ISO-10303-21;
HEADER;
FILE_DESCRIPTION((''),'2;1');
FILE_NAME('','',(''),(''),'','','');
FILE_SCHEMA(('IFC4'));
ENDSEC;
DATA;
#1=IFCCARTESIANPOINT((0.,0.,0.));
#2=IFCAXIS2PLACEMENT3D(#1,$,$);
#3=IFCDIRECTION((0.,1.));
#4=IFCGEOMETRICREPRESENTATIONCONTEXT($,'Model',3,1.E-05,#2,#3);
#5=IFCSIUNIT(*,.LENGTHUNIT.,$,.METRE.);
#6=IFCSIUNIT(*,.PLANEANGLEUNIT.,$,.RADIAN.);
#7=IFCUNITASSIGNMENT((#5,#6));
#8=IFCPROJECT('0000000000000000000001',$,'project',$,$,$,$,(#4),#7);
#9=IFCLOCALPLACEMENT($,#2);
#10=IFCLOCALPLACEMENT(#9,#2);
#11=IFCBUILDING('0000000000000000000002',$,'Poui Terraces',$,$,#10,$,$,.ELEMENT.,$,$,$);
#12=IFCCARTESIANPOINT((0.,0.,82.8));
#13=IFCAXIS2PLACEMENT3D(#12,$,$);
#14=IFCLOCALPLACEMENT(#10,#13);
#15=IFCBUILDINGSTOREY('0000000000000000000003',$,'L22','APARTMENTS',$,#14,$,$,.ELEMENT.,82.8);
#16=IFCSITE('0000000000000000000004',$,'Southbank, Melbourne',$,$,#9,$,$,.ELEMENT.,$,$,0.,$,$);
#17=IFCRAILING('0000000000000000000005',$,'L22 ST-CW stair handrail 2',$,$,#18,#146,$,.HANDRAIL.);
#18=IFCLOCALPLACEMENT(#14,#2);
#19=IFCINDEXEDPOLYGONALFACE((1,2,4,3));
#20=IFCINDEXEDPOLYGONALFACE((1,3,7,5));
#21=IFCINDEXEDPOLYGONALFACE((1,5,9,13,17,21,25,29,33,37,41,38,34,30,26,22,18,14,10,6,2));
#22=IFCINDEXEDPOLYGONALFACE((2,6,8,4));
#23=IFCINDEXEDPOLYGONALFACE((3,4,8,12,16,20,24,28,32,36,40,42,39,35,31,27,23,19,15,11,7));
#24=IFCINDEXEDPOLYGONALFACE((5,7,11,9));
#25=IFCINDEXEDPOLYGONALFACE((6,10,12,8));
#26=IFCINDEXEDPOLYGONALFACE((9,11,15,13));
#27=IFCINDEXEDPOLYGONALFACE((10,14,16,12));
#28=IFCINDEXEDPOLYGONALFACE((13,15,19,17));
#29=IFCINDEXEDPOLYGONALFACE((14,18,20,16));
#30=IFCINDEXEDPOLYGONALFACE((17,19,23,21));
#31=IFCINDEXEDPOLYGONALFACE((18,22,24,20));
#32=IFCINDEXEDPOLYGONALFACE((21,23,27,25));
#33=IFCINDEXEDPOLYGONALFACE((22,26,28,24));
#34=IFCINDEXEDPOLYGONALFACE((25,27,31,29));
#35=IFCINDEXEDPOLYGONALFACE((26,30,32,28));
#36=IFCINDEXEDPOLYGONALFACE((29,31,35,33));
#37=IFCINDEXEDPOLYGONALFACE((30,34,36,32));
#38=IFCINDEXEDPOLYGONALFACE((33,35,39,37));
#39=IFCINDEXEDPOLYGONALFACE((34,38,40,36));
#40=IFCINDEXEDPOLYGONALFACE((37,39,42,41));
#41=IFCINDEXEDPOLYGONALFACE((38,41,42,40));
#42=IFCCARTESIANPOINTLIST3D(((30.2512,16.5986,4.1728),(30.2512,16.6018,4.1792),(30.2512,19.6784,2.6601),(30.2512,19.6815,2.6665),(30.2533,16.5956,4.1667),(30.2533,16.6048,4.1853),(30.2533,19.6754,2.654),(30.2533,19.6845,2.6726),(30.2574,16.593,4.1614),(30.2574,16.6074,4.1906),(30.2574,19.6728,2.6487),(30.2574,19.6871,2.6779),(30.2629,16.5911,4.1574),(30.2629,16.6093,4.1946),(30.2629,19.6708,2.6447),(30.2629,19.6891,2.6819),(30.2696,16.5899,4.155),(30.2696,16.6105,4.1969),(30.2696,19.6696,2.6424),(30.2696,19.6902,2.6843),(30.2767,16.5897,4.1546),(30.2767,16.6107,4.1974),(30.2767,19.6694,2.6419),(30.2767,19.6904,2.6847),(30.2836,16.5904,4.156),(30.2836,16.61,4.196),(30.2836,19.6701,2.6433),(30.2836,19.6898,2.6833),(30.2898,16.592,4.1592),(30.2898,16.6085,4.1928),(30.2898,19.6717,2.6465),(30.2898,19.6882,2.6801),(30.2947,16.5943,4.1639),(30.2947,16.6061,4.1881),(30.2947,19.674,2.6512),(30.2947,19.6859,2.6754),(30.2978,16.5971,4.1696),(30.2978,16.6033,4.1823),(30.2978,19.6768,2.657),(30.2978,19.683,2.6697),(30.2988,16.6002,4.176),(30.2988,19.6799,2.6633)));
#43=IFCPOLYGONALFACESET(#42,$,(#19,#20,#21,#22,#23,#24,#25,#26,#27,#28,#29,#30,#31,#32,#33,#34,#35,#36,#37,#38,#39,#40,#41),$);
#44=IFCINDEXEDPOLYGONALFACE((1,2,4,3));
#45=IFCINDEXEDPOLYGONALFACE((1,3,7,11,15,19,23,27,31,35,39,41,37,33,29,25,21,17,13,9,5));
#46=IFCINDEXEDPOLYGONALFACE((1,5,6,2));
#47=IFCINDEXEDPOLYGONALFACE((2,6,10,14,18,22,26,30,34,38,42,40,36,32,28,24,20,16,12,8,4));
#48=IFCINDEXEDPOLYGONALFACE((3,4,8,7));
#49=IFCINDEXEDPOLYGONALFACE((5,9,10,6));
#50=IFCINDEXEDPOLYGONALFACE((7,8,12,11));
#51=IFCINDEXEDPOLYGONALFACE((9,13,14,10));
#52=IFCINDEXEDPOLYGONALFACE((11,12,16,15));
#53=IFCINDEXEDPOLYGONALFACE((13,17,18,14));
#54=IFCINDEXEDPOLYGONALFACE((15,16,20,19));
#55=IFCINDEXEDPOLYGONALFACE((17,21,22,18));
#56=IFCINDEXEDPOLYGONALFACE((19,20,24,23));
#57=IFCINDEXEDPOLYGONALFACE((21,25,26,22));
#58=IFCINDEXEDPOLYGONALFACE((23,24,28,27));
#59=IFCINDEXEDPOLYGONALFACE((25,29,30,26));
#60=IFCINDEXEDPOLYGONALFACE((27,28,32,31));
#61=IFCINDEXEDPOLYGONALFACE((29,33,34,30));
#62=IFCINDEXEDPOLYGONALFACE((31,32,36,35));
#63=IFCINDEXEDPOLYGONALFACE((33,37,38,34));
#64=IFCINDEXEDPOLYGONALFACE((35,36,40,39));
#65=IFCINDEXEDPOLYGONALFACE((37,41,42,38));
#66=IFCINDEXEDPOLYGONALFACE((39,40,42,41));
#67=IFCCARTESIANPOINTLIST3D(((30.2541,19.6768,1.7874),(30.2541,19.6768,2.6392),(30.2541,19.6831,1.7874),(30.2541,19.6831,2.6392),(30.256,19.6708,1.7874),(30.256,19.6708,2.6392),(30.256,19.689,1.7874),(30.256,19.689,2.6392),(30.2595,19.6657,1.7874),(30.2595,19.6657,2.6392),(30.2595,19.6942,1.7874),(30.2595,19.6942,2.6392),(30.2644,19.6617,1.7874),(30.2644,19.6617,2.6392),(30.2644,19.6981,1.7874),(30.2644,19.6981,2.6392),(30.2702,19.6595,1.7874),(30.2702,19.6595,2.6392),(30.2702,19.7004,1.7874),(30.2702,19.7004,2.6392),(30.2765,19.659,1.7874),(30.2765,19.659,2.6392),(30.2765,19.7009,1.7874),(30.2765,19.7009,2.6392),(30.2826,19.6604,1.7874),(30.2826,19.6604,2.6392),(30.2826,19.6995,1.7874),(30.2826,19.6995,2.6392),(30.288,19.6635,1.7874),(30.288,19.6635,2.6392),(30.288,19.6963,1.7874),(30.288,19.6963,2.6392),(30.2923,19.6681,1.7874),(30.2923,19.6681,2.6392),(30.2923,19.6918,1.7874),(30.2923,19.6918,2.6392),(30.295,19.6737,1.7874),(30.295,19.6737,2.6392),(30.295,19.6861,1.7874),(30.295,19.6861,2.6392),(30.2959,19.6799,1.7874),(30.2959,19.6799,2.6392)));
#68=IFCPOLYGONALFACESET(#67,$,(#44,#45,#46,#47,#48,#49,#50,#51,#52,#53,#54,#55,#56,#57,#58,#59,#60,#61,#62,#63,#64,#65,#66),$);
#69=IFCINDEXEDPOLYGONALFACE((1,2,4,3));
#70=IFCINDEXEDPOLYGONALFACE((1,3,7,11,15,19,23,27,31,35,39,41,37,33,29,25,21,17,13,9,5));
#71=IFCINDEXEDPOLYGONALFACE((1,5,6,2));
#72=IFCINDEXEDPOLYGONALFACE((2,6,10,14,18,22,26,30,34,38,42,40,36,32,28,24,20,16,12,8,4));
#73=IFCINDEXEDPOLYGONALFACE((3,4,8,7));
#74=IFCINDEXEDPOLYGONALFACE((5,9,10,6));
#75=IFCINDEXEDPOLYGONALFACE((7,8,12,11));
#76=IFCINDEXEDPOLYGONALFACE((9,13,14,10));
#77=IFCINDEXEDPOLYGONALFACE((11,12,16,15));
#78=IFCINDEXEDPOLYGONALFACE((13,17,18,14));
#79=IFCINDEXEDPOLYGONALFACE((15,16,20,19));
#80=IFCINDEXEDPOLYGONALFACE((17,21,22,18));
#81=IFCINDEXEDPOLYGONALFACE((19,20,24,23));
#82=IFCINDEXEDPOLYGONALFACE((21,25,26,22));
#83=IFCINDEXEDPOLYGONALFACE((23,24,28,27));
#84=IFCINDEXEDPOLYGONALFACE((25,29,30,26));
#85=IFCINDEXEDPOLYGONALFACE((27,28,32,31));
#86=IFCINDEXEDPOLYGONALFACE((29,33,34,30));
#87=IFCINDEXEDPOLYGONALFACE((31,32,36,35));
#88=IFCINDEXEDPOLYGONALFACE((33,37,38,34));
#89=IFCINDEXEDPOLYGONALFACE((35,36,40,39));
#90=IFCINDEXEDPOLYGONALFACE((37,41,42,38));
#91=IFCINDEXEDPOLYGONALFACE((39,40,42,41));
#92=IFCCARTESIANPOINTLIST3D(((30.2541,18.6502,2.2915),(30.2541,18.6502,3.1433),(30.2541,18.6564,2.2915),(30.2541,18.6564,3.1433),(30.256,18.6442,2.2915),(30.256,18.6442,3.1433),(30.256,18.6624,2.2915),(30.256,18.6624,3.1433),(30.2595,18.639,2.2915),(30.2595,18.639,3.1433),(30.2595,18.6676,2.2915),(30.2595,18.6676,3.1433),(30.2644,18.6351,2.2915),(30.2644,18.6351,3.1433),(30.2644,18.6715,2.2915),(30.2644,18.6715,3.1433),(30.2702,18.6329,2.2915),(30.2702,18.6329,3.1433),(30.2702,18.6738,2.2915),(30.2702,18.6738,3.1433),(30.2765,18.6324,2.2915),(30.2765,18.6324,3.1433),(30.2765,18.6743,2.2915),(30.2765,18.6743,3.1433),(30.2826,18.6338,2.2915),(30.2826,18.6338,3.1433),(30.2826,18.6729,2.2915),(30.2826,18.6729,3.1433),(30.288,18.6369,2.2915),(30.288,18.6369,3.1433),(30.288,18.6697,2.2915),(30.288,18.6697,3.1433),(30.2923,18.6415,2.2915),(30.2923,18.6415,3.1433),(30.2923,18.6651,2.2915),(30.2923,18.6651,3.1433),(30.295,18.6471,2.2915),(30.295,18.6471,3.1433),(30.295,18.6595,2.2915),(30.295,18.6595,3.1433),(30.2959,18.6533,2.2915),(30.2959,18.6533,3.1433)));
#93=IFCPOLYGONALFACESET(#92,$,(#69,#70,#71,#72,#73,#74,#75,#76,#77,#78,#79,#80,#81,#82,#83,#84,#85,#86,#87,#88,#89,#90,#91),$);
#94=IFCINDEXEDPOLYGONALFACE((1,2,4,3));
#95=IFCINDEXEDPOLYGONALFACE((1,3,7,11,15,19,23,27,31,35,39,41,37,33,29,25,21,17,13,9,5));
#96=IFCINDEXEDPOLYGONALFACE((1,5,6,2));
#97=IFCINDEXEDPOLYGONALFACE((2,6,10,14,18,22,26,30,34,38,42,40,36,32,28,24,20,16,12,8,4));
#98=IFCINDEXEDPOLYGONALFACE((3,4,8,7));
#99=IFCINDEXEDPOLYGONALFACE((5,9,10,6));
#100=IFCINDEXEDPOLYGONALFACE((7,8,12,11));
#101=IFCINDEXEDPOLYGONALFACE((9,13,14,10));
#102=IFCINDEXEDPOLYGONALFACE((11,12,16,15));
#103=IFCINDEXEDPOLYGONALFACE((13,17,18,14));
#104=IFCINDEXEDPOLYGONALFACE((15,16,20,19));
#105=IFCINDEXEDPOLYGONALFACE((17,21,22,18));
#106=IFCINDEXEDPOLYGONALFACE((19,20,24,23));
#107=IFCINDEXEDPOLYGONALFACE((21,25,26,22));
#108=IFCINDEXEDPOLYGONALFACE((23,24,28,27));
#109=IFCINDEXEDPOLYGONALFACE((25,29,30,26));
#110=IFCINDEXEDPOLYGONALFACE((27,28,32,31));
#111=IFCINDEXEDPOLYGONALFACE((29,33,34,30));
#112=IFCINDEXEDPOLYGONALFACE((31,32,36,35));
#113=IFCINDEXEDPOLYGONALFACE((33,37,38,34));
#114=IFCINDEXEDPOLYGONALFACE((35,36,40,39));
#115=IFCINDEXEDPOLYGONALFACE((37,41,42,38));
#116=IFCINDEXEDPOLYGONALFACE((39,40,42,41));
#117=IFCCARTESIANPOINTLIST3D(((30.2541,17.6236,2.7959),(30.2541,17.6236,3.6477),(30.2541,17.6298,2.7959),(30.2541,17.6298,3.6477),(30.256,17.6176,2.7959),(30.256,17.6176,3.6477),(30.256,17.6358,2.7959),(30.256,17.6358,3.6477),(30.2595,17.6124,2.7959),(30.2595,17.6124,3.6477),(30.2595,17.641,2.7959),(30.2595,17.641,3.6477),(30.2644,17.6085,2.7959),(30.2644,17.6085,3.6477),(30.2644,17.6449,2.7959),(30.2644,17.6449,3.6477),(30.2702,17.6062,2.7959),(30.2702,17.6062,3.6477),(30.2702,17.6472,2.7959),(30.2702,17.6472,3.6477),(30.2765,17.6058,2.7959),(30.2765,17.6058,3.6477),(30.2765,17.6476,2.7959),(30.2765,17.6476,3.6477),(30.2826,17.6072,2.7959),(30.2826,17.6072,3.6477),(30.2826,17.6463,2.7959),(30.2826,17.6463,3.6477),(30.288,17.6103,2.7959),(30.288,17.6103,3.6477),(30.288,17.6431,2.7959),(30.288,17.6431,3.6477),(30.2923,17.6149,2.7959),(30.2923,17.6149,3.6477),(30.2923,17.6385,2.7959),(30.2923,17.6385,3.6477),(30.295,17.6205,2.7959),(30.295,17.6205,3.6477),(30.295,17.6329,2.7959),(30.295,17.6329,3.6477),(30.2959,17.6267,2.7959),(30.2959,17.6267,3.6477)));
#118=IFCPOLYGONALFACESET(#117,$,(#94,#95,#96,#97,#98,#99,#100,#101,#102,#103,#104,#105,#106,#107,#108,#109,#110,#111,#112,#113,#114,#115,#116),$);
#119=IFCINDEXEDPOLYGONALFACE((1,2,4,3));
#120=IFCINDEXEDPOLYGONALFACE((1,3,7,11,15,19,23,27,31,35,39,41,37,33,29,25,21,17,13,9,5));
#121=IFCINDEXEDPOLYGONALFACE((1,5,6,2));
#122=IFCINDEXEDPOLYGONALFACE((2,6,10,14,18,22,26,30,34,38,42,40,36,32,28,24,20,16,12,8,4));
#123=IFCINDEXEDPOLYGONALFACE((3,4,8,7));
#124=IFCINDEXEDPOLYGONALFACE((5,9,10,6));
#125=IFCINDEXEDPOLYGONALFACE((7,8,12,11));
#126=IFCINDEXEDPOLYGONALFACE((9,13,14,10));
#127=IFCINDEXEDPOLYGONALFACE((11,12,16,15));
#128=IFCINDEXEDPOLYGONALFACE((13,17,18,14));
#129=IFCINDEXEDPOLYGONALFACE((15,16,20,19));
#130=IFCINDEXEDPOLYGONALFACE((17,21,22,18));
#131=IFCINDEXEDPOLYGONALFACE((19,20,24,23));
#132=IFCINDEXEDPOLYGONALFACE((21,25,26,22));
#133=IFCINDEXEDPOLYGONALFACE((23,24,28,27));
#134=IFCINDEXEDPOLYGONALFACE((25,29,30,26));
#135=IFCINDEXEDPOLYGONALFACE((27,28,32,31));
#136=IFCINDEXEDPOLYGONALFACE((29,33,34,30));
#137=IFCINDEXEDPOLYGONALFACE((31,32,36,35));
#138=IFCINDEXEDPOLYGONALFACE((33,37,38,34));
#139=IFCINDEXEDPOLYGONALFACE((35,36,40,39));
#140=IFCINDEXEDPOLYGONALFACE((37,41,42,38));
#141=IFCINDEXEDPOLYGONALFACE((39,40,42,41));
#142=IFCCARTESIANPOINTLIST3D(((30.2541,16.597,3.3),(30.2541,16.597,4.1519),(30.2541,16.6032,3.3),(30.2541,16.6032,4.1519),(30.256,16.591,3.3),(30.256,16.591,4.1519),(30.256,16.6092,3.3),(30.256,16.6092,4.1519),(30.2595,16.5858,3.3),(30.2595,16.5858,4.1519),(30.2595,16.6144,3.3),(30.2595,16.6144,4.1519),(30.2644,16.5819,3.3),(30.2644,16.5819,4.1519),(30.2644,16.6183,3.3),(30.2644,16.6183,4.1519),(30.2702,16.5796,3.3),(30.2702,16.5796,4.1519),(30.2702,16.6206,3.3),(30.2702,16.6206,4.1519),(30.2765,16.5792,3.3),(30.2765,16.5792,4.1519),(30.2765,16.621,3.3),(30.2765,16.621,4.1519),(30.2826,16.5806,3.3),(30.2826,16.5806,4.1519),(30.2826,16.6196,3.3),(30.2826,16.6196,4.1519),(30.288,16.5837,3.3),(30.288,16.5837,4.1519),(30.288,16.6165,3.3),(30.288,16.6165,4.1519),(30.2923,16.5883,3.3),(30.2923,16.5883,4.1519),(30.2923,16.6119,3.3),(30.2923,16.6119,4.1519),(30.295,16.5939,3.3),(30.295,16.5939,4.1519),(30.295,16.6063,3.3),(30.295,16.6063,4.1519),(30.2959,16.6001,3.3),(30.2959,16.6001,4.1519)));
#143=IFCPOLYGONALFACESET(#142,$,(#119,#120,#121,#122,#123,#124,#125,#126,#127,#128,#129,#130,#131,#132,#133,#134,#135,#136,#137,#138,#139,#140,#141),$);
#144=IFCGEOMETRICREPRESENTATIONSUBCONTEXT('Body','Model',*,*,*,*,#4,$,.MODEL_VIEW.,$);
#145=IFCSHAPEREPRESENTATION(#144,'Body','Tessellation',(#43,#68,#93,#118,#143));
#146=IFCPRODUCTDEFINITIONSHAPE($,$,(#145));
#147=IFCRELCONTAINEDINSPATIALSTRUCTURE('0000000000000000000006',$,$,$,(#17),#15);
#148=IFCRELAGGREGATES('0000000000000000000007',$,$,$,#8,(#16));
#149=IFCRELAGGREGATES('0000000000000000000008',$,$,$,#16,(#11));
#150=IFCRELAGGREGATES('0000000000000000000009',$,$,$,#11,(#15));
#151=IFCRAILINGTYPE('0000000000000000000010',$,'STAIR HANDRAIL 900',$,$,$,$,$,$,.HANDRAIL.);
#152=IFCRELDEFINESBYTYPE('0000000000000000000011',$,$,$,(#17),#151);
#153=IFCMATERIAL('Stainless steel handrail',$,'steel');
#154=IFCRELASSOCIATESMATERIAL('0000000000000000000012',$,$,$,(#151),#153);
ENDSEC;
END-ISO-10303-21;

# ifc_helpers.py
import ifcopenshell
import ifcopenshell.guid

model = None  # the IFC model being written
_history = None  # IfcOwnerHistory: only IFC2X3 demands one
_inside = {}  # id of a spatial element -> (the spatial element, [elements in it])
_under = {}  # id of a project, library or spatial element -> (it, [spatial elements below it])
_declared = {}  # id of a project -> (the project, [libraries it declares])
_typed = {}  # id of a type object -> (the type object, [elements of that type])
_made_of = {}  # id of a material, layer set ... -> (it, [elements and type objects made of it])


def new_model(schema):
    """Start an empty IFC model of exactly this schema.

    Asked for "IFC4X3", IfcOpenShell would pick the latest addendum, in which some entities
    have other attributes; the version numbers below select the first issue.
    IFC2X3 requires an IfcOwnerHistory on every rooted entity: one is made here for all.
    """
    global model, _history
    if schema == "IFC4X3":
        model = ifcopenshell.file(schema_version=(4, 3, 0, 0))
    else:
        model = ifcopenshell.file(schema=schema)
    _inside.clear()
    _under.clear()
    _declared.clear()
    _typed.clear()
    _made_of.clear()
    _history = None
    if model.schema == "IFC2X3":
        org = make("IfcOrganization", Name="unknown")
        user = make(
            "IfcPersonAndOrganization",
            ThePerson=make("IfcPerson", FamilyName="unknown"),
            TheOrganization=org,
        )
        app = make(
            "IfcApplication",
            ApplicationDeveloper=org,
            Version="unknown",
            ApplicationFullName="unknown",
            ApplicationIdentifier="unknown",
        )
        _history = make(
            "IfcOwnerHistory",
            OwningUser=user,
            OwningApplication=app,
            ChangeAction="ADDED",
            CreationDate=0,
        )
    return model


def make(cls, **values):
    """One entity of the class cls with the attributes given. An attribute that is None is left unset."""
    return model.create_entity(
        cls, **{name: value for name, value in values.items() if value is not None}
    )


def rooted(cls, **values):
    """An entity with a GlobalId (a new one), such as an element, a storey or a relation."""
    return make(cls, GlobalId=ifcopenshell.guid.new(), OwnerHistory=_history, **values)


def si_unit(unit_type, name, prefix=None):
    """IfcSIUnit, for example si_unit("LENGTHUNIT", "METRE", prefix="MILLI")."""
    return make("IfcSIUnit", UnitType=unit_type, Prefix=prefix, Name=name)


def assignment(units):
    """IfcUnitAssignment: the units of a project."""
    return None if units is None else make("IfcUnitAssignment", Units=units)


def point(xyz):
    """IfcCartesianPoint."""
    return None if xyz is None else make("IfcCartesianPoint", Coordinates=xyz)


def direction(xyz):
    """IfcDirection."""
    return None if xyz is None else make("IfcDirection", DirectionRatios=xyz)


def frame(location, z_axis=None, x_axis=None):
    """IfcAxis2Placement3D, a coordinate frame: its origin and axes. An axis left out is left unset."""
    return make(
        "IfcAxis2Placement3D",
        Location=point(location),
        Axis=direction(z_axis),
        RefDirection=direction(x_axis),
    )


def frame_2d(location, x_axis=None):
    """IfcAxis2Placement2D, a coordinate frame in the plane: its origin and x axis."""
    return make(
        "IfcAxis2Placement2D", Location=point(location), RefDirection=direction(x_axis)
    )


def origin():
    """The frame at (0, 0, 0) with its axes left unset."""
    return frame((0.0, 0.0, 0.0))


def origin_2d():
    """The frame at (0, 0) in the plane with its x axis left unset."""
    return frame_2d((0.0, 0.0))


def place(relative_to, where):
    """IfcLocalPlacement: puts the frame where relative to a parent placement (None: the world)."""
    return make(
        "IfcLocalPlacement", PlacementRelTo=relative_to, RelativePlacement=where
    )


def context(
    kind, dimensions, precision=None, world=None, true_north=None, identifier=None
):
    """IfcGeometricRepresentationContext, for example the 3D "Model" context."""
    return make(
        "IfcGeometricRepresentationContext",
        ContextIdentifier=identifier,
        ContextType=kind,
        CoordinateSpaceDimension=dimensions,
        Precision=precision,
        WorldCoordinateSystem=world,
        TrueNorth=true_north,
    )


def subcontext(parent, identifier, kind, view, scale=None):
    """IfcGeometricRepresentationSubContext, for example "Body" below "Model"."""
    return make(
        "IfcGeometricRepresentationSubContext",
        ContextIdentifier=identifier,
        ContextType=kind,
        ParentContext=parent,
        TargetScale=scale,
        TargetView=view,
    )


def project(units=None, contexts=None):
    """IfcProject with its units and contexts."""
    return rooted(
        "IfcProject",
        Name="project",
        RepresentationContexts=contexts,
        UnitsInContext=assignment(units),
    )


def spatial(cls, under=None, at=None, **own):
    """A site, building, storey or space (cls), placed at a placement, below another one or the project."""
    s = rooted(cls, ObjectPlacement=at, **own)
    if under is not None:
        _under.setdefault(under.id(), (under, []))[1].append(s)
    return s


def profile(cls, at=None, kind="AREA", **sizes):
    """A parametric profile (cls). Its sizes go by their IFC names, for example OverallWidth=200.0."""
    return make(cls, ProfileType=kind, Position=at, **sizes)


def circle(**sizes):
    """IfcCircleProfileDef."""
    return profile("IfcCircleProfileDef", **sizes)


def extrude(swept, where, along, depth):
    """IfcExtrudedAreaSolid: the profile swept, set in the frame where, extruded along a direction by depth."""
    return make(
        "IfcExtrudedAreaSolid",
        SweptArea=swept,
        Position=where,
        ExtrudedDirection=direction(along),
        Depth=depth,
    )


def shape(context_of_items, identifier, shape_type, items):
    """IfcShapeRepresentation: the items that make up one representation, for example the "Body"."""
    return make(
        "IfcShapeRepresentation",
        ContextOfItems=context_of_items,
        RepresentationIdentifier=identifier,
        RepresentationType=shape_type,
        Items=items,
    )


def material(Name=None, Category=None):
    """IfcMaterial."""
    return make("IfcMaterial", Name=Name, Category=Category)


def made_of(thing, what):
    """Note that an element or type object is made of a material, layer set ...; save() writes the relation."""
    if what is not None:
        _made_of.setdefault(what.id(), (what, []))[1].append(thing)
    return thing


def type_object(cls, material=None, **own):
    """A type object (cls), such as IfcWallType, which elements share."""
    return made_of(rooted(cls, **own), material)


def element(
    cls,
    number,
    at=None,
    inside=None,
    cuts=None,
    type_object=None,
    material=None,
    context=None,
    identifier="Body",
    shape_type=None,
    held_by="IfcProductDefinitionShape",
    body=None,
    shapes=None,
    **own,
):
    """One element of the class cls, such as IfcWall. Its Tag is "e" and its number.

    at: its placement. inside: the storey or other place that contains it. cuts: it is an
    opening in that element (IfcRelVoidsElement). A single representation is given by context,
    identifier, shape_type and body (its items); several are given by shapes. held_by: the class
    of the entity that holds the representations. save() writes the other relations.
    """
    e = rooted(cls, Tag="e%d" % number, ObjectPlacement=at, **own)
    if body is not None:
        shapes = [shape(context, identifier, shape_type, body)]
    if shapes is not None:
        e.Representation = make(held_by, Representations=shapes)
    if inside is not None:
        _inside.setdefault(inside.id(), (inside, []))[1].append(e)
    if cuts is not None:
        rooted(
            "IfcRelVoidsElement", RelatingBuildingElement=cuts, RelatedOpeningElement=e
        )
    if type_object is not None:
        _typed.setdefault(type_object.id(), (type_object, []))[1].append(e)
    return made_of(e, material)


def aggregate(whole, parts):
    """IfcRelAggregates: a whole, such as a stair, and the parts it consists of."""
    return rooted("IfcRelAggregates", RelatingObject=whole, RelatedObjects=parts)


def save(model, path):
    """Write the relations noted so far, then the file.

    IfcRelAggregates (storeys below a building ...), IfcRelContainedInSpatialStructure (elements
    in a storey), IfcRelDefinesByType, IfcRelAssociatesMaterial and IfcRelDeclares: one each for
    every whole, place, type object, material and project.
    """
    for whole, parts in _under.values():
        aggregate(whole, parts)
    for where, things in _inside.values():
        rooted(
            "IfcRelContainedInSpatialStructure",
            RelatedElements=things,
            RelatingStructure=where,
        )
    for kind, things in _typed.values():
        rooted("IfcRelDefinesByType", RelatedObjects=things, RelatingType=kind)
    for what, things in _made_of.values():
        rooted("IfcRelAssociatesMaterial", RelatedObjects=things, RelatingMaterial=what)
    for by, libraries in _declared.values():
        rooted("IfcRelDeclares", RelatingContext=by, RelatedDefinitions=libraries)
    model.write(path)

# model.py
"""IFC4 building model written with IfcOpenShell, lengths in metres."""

from ifc_helpers import new_model, si_unit, direction, frame, origin, origin_2d, place, context, subcontext, project, spatial, circle, extrude, material, type_object, element, save


model = new_model("IFC4")

# Units and contexts
model_context = context("Model", 3, precision=1e-05, world=origin(), true_north=direction((0.0, 1.0)))
body_context = subcontext(model_context, "Body", "Model", "MODEL_VIEW")
ifc_project = project(units=[si_unit("LENGTHUNIT", "METRE"), si_unit("PLANEANGLEUNIT", "RADIAN")], contexts=[model_context])

# Site, building, storey
site_placement = place(None, origin())
site = spatial("IfcSite", under=ifc_project, at=site_placement, Name="Southbank, Melbourne", CompositionType="ELEMENT", RefElevation=0.0)
building_placement = place(site_placement, origin())
building = spatial("IfcBuilding", under=site, at=building_placement, Name="Poui Terraces", CompositionType="ELEMENT")
storey_placement = place(building_placement, frame((0.0, 0.0, 82.8)))
storey = spatial("IfcBuildingStorey", under=building, at=storey_placement, Name="L22", Description="APARTMENTS", CompositionType="ELEMENT", Elevation=82.8)

# Railing
ifc_material_1 = material(Name="Stainless steel handrail", Category="steel")
railing_type_1 = type_object("IfcRailingType", Name="STAIR HANDRAIL 900", PredefinedType="HANDRAIL", material=ifc_material_1)
railing_1_placement = place(storey_placement, frame((30.2749, 19.6799, 1.7874)))
element("IfcRailing", 1, at=railing_1_placement, inside=storey, type_object=railing_type_1, Name="L22 ST-CW stair handrail 2", PredefinedType="HANDRAIL", context=body_context, shape_type="SweptSolid", body=[
    extrude(circle(Radius=0.0239, at=origin_2d()), frame((0.0, 0.0, 0.876), z_axis=(0.0, -0.897578, 0.440856), x_axis=(1.0, 0.0, 0.0)), (0.0, 0.0, 1.0), 3.4312),
    extrude(circle(Radius=0.021, at=origin_2d()), origin(), (0.0, 0.0, 1.0), 0.8518),
    extrude(circle(Radius=0.021, at=origin_2d()), frame((0.0, -1.0266, 0.5042)), (0.0, 0.0, 1.0), 0.8518),
    extrude(circle(Radius=0.021, at=origin_2d()), frame((0.0, -2.0532, 1.0085)), (0.0, 0.0, 1.0), 0.8518),
    extrude(circle(Radius=0.021, at=origin_2d()), frame((0.0, -3.0798, 1.5127)), (0.0, 0.0, 1.0), 0.8518),
])

save(model, "model.ifc")
